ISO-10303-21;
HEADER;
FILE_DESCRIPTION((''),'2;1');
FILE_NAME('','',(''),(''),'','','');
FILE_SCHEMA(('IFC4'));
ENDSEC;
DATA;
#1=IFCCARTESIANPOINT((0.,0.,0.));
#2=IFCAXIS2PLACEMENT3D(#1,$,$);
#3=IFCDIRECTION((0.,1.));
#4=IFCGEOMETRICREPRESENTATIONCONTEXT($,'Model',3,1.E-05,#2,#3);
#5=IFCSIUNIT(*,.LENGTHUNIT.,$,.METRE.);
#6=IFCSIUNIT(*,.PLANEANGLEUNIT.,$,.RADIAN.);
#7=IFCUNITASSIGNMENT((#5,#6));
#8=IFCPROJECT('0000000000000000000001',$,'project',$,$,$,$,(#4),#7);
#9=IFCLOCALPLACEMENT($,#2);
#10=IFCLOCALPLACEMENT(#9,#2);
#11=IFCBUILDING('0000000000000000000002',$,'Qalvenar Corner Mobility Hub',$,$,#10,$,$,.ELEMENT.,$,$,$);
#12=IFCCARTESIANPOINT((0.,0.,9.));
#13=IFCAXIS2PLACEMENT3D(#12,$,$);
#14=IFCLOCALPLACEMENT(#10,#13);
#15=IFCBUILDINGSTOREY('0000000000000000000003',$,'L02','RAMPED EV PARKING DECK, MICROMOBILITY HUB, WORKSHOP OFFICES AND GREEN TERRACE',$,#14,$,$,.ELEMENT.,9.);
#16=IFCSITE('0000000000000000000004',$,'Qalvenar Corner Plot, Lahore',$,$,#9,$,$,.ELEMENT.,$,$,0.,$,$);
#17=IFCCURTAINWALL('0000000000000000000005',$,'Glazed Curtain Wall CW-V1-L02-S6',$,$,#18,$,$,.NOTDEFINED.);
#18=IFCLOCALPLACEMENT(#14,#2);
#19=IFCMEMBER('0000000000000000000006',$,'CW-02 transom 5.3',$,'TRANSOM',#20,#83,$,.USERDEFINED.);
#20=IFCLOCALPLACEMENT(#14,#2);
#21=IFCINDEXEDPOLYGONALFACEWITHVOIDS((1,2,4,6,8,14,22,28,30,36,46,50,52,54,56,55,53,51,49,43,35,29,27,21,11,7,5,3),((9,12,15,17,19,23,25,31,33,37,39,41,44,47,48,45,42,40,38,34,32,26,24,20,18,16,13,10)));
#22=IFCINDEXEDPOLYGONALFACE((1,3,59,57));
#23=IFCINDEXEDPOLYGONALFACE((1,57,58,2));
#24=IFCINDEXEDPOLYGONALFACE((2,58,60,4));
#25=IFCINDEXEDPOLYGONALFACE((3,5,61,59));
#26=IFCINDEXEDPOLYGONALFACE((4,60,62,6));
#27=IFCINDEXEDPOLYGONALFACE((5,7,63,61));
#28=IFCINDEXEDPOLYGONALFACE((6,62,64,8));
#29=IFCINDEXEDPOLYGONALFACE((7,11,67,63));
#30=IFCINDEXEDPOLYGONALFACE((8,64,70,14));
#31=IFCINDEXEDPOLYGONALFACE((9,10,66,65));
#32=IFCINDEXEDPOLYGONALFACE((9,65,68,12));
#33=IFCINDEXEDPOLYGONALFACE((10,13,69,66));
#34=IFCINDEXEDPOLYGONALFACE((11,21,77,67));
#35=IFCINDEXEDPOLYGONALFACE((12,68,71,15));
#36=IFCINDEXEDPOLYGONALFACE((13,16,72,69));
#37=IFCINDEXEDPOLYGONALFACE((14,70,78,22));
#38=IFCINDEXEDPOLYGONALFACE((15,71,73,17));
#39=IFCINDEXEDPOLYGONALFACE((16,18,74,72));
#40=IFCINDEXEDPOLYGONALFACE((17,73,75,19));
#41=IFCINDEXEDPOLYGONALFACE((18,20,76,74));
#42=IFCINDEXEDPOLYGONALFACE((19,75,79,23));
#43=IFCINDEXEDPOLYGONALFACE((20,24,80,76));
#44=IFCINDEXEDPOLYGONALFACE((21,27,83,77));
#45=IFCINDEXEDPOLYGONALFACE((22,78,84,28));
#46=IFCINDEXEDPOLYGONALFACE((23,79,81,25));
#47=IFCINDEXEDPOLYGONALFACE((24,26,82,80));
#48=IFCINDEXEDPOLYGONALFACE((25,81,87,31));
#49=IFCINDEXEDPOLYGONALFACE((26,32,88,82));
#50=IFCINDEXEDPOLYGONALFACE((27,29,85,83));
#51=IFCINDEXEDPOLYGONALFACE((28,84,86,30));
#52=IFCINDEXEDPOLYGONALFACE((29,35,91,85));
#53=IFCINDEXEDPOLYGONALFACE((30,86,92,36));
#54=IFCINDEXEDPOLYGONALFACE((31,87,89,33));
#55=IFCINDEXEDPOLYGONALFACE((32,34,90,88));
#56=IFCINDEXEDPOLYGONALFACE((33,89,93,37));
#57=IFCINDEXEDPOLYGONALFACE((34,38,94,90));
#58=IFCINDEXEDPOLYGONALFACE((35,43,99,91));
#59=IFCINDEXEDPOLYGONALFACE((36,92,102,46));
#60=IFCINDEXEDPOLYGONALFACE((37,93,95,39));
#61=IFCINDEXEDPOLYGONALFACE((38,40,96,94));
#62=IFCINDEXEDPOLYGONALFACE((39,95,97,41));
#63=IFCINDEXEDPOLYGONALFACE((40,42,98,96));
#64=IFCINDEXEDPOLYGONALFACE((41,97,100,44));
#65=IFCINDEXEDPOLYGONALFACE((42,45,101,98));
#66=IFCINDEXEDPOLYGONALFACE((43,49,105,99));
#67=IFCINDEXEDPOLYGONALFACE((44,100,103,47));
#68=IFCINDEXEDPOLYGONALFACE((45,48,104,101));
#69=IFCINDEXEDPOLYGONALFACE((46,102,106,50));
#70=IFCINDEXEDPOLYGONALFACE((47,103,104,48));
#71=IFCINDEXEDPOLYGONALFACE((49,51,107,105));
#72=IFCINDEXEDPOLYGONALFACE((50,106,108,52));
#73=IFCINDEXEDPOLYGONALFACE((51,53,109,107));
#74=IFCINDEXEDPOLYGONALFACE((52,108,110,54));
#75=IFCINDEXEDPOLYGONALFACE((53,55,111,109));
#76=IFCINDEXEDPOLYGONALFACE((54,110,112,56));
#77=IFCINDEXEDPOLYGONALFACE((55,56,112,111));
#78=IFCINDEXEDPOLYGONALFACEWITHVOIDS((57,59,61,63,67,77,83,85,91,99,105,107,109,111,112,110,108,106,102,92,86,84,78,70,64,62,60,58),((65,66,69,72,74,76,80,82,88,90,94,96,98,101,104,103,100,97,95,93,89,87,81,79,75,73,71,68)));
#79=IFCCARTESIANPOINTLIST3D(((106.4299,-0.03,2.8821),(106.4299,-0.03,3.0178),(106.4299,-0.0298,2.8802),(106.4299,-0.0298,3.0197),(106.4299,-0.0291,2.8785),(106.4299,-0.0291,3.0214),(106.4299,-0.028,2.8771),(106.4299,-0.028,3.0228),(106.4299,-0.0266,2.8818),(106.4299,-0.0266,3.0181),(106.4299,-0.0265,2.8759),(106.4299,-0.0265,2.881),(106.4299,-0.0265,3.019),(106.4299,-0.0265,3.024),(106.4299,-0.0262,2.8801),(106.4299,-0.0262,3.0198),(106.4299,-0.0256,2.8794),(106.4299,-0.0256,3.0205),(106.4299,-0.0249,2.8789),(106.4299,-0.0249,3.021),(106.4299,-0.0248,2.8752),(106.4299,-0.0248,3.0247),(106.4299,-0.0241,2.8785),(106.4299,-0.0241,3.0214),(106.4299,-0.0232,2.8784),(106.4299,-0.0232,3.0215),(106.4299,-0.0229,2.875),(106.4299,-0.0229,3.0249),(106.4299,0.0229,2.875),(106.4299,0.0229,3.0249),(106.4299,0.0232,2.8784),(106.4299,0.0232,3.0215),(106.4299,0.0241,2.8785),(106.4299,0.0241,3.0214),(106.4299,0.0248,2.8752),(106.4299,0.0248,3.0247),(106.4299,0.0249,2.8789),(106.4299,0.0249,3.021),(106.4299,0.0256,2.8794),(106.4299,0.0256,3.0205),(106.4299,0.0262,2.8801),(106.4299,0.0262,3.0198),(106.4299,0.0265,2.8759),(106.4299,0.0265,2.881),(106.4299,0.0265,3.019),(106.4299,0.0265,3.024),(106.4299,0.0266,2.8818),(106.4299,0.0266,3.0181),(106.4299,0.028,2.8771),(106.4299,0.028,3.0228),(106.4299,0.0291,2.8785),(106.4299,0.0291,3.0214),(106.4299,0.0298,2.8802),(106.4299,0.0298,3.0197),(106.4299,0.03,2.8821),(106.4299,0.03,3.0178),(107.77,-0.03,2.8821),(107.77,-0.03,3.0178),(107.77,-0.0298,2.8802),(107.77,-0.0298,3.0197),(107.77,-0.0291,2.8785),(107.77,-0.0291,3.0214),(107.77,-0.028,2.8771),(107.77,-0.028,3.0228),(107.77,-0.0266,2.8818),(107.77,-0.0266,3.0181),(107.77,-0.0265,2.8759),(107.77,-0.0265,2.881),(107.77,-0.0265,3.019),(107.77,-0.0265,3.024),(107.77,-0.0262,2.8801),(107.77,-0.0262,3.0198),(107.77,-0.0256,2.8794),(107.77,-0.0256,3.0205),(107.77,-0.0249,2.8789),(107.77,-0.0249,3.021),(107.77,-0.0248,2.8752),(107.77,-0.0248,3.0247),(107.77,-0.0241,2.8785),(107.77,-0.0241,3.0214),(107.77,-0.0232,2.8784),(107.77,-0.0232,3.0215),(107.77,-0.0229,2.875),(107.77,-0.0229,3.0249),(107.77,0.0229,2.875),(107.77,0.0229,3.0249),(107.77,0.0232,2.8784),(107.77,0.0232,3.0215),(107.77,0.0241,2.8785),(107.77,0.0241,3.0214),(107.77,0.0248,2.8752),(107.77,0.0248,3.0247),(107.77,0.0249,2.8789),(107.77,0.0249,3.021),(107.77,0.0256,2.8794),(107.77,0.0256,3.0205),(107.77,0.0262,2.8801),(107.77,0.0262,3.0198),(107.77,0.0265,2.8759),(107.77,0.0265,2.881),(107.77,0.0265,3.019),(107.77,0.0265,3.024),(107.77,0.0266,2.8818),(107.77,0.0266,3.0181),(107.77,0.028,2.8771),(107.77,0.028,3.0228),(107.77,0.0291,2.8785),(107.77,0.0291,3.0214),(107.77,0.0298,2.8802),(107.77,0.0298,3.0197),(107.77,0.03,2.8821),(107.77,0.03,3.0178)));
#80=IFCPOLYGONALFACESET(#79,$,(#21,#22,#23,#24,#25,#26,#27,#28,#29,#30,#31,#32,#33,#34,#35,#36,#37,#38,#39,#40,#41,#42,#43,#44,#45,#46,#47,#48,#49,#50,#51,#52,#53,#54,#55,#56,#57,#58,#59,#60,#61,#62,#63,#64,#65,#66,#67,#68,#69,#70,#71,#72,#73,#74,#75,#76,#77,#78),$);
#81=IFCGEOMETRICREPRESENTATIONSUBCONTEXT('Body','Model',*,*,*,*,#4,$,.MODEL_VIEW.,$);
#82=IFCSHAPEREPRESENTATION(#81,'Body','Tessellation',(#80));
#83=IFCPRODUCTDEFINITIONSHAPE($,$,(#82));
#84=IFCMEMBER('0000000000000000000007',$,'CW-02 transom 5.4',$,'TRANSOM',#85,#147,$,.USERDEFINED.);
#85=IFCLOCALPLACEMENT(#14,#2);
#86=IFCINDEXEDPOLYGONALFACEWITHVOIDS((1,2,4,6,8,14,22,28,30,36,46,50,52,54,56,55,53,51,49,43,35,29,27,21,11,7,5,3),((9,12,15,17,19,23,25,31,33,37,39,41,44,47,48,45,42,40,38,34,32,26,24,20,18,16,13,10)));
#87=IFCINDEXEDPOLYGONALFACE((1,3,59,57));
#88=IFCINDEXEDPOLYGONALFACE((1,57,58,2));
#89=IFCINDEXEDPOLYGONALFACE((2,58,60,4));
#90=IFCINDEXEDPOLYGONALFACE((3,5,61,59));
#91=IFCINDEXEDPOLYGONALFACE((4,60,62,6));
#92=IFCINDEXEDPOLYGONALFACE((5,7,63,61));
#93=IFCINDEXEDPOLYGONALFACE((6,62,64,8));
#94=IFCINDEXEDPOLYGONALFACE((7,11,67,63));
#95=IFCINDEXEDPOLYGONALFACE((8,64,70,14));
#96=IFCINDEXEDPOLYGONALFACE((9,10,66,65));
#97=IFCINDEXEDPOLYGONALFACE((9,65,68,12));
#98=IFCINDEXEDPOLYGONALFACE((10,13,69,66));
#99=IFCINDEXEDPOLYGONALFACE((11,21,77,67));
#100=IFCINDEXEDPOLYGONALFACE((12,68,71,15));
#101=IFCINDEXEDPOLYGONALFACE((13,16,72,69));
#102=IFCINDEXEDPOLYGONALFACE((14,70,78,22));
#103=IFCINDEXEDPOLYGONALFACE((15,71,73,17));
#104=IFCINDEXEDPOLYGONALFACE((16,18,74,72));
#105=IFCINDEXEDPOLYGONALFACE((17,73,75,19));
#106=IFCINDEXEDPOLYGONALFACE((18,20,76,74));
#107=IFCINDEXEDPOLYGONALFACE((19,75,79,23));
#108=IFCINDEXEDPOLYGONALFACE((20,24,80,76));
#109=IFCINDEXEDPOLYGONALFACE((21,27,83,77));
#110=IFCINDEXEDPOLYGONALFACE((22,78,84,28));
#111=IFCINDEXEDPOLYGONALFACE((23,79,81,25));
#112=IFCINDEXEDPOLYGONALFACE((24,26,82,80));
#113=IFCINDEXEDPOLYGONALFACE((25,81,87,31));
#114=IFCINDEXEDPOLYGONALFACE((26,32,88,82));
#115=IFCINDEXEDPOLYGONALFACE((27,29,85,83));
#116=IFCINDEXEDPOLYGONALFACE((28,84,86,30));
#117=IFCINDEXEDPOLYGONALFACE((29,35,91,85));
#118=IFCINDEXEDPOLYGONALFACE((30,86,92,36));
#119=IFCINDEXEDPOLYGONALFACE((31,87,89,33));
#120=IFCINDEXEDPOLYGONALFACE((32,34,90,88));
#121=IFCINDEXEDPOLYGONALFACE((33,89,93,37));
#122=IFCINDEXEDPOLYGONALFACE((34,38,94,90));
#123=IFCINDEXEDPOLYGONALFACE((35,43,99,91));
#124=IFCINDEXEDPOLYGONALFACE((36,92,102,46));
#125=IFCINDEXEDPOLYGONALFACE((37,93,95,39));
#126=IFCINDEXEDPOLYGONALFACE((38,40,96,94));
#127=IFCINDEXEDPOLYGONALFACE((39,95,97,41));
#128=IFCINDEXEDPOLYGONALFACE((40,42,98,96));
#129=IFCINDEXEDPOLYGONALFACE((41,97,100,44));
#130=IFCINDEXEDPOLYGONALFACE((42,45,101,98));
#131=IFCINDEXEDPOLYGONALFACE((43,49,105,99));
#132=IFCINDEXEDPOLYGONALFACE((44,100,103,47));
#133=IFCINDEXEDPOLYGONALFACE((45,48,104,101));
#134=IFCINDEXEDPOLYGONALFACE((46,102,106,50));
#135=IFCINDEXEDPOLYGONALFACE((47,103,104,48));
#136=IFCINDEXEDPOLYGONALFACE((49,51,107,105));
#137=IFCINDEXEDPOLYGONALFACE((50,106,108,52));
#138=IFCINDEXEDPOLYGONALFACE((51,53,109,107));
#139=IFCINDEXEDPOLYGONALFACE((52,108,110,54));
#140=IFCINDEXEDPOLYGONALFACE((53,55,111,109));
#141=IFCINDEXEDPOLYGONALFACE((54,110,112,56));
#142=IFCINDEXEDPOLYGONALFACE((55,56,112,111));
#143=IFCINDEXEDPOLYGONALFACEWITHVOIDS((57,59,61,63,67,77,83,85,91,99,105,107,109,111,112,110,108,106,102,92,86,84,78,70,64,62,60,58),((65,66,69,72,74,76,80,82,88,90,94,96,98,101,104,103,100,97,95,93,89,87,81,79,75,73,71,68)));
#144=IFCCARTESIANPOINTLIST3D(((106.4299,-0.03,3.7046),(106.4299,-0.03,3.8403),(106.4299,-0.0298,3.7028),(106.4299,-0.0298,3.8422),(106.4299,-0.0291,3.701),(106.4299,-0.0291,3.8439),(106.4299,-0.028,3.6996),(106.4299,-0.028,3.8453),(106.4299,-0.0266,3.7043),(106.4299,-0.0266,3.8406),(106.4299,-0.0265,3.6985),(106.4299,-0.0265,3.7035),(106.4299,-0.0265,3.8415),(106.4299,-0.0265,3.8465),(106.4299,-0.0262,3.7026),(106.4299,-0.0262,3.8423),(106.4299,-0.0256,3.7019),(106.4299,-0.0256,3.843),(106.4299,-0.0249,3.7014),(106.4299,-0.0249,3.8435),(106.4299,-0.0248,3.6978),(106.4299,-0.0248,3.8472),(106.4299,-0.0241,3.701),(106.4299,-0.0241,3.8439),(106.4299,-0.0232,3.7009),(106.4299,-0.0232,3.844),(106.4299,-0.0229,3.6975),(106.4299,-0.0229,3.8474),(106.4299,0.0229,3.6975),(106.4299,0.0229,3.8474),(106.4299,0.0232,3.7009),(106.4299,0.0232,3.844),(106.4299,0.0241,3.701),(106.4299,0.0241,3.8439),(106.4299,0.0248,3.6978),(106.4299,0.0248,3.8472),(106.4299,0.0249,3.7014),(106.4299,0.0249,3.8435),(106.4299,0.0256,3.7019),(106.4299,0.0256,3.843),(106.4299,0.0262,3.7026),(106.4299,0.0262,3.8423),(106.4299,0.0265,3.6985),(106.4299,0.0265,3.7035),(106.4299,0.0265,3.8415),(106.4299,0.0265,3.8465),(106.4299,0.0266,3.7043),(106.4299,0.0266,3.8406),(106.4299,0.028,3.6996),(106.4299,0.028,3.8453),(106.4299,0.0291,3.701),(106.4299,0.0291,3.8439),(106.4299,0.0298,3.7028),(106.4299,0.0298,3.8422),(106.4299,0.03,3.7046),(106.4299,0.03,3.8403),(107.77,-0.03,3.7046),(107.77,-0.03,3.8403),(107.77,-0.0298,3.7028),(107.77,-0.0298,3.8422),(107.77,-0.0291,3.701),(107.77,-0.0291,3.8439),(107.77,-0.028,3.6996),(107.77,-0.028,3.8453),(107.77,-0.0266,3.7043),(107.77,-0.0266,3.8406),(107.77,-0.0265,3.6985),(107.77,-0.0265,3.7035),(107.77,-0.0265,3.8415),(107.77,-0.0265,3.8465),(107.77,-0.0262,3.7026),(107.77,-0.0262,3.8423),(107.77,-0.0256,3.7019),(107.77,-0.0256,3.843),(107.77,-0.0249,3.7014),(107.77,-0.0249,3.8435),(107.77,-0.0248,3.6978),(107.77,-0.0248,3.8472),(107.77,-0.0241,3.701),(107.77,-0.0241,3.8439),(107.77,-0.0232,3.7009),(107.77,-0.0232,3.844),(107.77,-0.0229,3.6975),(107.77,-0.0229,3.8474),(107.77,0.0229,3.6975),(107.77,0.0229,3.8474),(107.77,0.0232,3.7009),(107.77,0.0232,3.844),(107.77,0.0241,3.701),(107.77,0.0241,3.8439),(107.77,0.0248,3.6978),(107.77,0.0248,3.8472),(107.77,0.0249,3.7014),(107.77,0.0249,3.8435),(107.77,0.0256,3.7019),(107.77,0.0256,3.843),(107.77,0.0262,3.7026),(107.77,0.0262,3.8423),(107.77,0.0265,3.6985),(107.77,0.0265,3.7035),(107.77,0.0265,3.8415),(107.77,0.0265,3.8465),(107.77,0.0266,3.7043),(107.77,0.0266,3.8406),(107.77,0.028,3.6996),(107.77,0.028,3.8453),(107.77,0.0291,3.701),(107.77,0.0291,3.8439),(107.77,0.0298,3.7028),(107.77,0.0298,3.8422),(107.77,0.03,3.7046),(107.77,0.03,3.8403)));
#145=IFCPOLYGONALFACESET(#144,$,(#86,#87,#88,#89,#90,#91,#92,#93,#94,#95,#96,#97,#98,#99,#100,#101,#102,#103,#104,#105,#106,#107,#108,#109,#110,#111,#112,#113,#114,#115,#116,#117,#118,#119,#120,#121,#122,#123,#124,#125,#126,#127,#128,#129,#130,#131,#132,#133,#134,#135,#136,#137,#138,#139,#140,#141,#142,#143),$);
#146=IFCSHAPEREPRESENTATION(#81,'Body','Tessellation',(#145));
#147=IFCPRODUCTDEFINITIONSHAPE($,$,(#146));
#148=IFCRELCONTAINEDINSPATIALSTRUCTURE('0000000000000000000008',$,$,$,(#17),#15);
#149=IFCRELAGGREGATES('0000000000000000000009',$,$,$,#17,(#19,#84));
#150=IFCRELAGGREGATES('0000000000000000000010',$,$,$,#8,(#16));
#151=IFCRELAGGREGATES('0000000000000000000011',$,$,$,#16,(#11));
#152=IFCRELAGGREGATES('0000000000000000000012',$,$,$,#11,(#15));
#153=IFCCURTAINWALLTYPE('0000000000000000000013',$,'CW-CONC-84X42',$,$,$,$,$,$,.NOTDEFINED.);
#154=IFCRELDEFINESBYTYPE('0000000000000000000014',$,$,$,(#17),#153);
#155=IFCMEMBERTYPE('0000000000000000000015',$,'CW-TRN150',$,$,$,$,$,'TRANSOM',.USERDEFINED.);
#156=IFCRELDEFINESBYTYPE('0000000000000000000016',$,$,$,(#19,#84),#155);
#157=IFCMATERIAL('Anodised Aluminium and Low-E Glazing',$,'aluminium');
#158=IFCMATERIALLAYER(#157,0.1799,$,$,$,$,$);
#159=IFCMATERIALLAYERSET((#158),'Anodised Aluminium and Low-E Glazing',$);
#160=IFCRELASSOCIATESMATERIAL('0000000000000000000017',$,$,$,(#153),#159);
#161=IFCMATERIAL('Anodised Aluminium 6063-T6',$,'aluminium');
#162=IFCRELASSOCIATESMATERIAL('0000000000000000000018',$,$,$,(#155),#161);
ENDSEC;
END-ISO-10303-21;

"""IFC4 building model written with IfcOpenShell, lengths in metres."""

from ifc_helpers import new_model, si_unit, direction, frame, origin, origin_2d, place, context, subcontext, project, spatial, hollow_rectangle, extrude, material, layer, layer_set, material_profile, profile_set, type_object, element, aggregate, save


model = new_model("IFC4")

# Units and contexts
model_context = context("Model", 3, precision=1e-05, world=origin(), true_north=direction((0.0, 1.0)))
body_context = subcontext(model_context, "Body", "Model", "MODEL_VIEW")
ifc_project = project(units=[si_unit("LENGTHUNIT", "METRE"), si_unit("PLANEANGLEUNIT", "RADIAN")], contexts=[model_context])

# Site, building, storey
site_placement = place(None, origin())
site = spatial("IfcSite", under=ifc_project, at=site_placement, Name="Qalvenar Corner Plot, Lahore", CompositionType="ELEMENT", RefElevation=0.0)
building_placement = place(site_placement, origin())
building = spatial("IfcBuilding", under=site, at=building_placement, Name="Qalvenar Corner Mobility Hub", CompositionType="ELEMENT")
storey_placement = place(building_placement, frame((0.0, 0.0, 9.0)))
storey = spatial("IfcBuildingStorey", under=building, at=storey_placement, Name="L02", Description="RAMPED EV PARKING DECK, MICROMOBILITY HUB, WORKSHOP OFFICES AND GREEN TERRACE", CompositionType="ELEMENT", Elevation=9.0)

# Curtain wall, members
ifc_material_1 = material(Name="Anodised Aluminium and Low-E Glazing", Category="aluminium")
ifc_layer_1 = layer(ifc_material_1, 0.1799)
ifc_layer_set_1 = layer_set([ifc_layer_1], Name="Anodised Aluminium and Low-E Glazing")
curtain_wall_type = type_object("IfcCurtainWallType", Name="CW-CONC-84X42", PredefinedType="NOTDEFINED", material=ifc_layer_set_1)
curtain_wall_placement = place(storey_placement, origin())
curtain_wall = element("IfcCurtainWall", 1, at=curtain_wall_placement, inside=storey, type_object=curtain_wall_type, Name="Glazed Curtain Wall CW-V1-L02-S6", PredefinedType="NOTDEFINED")
ifc_material_2 = material(Name="Anodised Aluminium 6063-T6", Category="aluminium")
ifc_material_profile_1 = material_profile(ifc_material_2, hollow_rectangle(XDim=0.0601, YDim=0.1499, WallThickness=0.0034, InnerFilletRadius=0.0034, OuterFilletRadius=0.0071, at=origin_2d()), Name="RHS150x60x3.5")
ifc_profile_set_1 = profile_set([ifc_material_profile_1], Name="Anodised Aluminium 6063-T6")
member_type_1 = type_object("IfcMemberType", Name="CW-TRN150", ElementType="TRANSOM", PredefinedType="USERDEFINED", material=ifc_profile_set_1)
member_1_placement = place(storey_placement, frame((106.4299, 0.0, 2.95), z_axis=(1.0, 0.0, 0.0), x_axis=(0.0, 1.0, 0.0)))
member_1 = element("IfcMember", 2, at=member_1_placement, type_object=member_type_1, Name="CW-02 transom 5.3", ObjectType="TRANSOM", PredefinedType="USERDEFINED", context=body_context, shape_type="SweptSolid", body=[
    extrude(hollow_rectangle(XDim=0.0601, YDim=0.1499, WallThickness=0.0034, InnerFilletRadius=0.0034, OuterFilletRadius=0.0071, at=origin_2d()), origin(), (0.0, 0.0, 1.0), 1.3401),
])
member_2_placement = place(storey_placement, frame((106.4299, 0.0, 3.7725), z_axis=(1.0, 0.0, 0.0), x_axis=(0.0, 1.0, 0.0)))
member_2 = element("IfcMember", 3, at=member_2_placement, type_object=member_type_1, Name="CW-02 transom 5.4", ObjectType="TRANSOM", PredefinedType="USERDEFINED", context=body_context, shape_type="SweptSolid", body=[
    extrude(hollow_rectangle(XDim=0.0601, YDim=0.1499, WallThickness=0.0034, InnerFilletRadius=0.0034, OuterFilletRadius=0.0071, at=origin_2d()), origin(), (0.0, 0.0, 1.0), 1.3401),
])
aggregate(curtain_wall, [member_1, member_2])

save(model, "model.ifc")
